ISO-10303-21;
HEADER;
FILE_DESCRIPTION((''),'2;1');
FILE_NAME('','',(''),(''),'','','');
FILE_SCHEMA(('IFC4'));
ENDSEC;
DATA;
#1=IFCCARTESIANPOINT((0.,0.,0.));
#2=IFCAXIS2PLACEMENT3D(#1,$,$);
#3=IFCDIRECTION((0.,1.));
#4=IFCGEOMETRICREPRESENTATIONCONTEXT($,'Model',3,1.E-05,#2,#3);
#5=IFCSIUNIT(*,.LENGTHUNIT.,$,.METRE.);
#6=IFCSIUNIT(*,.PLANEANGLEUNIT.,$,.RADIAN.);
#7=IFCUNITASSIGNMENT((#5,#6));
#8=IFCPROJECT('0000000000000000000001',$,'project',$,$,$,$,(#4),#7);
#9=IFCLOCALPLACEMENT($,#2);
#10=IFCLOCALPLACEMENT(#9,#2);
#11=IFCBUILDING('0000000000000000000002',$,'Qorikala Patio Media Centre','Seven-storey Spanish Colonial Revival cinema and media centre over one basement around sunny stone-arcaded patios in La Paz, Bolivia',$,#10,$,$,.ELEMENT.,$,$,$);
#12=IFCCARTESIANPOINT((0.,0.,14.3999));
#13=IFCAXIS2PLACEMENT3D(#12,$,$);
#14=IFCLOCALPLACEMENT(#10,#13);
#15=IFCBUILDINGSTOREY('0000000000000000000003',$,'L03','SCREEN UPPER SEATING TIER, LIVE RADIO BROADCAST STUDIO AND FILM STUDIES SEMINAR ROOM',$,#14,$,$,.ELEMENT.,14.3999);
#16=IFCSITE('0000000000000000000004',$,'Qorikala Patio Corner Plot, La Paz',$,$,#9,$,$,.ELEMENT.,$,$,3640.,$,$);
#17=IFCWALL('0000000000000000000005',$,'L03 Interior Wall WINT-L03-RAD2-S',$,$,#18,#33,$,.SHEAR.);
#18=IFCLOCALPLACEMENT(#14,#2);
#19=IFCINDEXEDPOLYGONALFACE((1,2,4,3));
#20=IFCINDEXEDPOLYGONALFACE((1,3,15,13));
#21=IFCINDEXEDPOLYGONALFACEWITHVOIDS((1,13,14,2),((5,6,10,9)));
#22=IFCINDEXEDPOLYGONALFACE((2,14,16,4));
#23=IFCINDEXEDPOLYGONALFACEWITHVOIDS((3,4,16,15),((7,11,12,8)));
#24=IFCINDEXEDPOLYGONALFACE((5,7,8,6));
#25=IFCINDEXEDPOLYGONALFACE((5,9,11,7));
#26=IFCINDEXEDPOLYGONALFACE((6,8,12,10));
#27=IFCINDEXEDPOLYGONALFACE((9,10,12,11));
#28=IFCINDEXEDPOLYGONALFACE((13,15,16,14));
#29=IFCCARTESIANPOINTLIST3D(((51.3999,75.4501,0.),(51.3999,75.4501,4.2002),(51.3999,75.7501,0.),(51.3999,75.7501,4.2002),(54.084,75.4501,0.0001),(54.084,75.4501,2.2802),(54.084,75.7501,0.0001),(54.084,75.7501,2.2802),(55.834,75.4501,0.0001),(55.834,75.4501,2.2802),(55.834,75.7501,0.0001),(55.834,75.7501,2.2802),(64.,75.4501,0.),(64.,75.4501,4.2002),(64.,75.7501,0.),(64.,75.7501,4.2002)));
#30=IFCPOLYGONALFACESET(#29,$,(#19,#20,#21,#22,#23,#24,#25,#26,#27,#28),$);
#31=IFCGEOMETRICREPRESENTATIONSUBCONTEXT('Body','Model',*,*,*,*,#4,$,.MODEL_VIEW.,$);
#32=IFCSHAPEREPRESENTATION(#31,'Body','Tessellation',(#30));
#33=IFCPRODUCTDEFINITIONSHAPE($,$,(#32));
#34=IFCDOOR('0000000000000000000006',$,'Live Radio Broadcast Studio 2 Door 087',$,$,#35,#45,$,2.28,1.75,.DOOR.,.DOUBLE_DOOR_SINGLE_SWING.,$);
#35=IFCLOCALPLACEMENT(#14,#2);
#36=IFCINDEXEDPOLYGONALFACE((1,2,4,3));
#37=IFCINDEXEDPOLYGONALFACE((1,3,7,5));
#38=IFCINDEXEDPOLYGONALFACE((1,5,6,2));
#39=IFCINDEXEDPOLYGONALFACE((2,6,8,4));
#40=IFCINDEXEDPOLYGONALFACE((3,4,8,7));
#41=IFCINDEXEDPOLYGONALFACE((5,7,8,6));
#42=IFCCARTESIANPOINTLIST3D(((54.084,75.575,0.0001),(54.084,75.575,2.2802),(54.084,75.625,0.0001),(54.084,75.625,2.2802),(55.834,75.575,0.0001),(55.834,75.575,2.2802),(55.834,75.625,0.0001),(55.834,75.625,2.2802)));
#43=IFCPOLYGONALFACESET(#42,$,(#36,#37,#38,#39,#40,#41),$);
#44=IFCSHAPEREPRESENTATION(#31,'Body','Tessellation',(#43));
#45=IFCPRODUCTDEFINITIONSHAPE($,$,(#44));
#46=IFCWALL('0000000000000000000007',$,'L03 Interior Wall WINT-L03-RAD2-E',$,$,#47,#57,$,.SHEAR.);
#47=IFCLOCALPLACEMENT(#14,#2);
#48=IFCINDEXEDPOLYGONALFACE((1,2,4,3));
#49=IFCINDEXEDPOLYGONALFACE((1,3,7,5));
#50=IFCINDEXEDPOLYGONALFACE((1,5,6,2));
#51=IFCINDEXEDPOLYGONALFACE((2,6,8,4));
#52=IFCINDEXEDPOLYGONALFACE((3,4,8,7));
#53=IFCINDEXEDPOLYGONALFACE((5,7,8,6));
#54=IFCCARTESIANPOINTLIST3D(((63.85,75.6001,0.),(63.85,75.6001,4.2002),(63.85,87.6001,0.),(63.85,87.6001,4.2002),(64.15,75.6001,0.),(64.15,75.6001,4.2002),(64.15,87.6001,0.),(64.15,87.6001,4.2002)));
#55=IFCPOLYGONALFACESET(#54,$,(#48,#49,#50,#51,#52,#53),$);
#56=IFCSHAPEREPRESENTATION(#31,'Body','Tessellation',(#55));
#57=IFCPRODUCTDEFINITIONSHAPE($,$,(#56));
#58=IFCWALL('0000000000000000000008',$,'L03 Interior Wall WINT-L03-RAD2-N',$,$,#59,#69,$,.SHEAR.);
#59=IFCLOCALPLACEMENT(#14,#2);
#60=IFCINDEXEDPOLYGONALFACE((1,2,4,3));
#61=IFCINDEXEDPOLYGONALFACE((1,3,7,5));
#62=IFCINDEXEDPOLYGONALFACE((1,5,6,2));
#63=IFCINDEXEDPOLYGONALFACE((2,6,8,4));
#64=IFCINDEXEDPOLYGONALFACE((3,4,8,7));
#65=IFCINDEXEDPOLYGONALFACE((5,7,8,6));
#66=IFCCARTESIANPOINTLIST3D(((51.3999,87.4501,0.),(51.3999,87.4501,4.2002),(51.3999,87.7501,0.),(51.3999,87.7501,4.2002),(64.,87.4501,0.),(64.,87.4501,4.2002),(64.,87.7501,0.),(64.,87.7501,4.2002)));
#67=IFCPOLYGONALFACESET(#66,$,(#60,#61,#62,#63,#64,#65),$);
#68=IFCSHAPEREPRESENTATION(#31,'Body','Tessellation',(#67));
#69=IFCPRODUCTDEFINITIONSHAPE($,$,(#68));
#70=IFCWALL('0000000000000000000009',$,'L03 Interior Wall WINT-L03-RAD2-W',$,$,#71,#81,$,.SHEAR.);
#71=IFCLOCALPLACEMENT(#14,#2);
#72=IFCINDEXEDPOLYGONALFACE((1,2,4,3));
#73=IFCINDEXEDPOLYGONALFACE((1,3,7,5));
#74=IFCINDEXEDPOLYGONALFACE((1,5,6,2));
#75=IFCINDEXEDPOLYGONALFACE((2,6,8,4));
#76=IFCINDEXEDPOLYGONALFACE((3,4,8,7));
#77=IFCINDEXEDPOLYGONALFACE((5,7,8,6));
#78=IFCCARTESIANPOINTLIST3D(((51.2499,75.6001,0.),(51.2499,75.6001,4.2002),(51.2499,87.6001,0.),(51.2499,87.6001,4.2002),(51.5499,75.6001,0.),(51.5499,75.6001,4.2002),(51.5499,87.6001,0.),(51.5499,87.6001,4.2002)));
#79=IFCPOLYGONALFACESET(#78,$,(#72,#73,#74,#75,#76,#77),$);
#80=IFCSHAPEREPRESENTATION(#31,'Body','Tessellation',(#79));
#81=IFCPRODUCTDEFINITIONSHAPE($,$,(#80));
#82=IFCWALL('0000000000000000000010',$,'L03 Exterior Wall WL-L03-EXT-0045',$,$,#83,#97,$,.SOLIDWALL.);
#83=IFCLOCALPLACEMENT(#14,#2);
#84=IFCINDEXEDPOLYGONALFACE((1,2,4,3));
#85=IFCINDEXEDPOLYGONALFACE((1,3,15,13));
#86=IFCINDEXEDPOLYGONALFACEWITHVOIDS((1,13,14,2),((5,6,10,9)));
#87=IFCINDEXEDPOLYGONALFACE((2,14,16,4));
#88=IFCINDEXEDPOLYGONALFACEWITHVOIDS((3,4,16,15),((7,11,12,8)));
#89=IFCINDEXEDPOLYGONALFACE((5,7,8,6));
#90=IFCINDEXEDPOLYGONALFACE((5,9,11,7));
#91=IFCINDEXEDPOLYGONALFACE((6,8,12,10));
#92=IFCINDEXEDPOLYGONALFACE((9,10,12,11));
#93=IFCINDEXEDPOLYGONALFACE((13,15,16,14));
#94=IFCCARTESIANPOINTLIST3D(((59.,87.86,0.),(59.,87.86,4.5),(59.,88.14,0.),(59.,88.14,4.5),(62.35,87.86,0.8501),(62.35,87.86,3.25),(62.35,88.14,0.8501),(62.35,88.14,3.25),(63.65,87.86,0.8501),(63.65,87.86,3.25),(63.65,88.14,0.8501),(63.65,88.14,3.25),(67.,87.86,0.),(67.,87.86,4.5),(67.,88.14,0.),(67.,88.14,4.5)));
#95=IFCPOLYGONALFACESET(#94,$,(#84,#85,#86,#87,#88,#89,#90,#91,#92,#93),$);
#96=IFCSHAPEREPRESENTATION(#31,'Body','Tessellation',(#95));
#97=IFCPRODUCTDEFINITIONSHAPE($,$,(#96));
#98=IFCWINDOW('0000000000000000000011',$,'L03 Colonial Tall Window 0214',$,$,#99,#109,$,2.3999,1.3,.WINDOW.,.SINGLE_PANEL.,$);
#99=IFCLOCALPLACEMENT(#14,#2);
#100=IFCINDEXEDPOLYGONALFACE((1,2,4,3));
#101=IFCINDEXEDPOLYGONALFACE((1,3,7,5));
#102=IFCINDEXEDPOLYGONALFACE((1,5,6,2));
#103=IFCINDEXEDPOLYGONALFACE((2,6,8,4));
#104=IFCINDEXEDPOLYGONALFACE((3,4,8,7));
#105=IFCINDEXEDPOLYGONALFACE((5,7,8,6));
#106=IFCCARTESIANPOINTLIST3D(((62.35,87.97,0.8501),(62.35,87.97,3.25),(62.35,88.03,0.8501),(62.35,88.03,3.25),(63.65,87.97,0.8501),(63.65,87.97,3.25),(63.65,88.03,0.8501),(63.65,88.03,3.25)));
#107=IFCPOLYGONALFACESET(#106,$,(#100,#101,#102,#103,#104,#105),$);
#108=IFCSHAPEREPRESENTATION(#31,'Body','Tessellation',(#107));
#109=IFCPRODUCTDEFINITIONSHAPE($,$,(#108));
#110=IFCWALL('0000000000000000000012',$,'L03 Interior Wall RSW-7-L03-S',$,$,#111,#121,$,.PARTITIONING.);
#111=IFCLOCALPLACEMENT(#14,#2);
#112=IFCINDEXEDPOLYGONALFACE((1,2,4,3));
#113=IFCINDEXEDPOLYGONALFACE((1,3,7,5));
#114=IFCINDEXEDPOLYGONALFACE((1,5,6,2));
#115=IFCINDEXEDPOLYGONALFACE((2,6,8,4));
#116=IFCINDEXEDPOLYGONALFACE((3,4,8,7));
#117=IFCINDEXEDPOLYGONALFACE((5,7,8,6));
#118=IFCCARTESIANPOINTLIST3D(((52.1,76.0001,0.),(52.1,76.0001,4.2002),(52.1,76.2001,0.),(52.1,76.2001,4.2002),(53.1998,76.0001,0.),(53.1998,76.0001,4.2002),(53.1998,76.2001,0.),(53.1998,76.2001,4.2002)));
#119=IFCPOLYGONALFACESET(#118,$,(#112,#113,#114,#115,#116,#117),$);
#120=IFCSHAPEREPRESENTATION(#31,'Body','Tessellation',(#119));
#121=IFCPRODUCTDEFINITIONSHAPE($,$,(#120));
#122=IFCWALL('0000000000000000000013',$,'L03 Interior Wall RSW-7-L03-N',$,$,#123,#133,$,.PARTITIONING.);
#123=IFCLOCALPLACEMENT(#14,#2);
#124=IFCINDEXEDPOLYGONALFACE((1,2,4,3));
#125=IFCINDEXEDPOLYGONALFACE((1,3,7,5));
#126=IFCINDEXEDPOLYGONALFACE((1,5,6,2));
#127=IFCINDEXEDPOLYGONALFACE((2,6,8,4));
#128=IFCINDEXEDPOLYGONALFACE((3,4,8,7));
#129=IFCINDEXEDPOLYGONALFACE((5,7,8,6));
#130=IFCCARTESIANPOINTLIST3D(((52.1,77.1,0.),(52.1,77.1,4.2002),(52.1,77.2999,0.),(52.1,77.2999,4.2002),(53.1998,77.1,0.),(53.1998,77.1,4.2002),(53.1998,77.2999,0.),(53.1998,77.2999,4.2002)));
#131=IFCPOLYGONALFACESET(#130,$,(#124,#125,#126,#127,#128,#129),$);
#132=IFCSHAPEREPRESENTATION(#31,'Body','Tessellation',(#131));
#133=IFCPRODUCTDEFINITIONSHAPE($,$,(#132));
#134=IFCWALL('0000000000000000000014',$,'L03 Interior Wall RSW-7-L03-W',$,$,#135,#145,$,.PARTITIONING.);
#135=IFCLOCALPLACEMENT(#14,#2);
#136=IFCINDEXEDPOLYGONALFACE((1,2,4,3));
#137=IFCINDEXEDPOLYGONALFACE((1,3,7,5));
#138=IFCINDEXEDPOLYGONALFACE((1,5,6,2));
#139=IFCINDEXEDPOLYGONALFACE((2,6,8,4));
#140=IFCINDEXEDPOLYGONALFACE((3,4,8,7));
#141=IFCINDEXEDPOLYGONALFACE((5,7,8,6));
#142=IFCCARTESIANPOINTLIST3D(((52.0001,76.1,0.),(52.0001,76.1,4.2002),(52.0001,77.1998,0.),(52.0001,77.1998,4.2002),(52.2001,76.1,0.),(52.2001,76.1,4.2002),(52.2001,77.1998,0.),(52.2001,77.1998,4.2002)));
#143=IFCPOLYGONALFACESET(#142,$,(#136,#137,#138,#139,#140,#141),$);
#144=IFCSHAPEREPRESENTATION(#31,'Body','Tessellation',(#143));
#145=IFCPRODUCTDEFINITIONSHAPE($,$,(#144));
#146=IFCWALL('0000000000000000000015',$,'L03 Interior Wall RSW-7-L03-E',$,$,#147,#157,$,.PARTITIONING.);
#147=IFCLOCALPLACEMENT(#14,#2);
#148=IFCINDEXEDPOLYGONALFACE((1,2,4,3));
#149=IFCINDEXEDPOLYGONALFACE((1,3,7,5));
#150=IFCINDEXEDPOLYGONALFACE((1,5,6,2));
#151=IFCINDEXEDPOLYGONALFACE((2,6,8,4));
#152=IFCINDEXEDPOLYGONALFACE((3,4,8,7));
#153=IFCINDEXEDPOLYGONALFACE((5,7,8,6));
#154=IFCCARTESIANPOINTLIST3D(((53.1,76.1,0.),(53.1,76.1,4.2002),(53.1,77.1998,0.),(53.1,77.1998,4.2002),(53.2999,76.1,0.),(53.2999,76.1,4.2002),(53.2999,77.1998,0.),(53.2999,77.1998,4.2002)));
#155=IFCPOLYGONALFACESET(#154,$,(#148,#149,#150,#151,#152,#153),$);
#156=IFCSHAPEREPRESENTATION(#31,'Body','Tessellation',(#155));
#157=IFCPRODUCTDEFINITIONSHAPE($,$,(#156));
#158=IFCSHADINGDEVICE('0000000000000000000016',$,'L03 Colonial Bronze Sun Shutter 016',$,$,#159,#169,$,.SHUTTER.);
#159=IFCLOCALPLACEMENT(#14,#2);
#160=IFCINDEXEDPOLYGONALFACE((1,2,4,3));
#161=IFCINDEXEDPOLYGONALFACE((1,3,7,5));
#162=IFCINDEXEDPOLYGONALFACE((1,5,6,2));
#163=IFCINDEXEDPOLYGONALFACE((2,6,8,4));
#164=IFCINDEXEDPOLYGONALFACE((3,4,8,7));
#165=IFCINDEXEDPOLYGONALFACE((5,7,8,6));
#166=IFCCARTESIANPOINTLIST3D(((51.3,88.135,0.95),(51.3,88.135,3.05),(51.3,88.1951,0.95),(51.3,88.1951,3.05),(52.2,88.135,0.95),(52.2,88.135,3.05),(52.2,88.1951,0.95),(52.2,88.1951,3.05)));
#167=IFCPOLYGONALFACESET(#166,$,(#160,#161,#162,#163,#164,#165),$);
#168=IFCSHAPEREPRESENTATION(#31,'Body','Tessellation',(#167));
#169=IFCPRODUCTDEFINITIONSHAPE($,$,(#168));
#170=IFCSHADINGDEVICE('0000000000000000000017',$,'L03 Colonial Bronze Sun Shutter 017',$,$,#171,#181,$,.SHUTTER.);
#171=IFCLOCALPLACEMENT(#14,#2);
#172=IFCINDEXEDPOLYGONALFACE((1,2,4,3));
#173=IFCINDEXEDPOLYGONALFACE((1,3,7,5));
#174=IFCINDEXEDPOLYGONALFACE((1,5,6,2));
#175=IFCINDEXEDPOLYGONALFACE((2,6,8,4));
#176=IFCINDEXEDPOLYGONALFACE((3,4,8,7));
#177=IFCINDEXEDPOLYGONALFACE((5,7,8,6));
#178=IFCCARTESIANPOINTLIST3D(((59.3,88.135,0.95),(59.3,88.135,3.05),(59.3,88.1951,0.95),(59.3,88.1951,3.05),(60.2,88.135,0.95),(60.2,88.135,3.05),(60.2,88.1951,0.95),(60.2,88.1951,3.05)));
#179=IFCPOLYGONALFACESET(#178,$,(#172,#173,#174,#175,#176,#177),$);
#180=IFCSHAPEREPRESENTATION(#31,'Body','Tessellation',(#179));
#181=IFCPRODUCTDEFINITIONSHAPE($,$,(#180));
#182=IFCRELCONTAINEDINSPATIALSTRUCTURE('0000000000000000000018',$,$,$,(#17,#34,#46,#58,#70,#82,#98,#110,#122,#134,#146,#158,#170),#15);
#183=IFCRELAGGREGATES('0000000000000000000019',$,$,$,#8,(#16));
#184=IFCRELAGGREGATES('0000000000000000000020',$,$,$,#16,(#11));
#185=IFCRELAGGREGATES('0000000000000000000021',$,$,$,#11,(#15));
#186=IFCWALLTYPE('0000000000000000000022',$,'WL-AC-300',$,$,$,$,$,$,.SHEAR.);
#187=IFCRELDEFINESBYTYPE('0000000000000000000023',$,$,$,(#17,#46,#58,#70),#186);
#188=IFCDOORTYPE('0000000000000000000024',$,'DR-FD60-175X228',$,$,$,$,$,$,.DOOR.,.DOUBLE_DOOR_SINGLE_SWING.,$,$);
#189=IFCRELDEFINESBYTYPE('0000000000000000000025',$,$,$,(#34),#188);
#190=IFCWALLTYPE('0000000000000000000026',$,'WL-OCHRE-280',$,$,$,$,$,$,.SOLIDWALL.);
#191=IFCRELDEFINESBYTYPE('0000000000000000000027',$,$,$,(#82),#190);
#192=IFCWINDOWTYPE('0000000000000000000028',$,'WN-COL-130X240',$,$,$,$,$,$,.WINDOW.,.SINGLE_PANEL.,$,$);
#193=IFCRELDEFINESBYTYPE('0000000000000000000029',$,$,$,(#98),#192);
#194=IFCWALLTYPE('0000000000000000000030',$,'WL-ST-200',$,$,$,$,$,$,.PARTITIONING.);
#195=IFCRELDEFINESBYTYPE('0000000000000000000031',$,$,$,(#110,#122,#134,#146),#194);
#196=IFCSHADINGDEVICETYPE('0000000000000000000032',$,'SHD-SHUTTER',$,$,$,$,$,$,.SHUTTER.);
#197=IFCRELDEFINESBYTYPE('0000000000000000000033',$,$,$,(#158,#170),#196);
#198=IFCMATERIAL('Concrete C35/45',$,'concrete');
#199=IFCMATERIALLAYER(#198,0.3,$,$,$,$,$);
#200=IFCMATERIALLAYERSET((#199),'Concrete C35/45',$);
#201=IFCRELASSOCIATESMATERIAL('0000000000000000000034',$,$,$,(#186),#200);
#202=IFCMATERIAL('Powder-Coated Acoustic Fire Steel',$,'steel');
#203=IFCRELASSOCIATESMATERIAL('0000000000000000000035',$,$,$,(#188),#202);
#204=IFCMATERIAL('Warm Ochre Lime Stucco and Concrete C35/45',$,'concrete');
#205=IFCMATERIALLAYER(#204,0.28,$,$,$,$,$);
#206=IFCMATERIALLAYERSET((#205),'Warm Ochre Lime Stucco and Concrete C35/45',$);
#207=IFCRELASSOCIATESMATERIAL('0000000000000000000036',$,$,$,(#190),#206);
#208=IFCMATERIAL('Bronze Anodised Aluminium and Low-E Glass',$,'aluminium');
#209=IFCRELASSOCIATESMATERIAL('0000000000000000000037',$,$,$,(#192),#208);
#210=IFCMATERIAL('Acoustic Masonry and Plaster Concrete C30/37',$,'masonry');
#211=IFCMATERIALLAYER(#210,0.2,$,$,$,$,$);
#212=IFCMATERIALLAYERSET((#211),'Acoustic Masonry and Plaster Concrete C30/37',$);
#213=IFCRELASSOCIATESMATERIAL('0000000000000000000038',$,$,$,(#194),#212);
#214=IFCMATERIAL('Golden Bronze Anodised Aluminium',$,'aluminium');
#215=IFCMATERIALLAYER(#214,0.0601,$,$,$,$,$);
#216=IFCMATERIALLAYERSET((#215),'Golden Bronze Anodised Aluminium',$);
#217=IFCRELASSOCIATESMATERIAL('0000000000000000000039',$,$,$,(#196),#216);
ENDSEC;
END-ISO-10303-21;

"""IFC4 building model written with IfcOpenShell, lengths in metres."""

from ifc_helpers import new_model, si_unit, direction, frame, frame_2d, origin, origin_2d, place, context, subcontext, project, spatial, rectangle, extrude, material, layer, layer_set, type_object, element, fill, save


model = new_model("IFC4")

# Units and contexts
model_context = context("Model", 3, precision=1e-05, world=origin(), true_north=direction((0.0, 1.0)))
body_context = subcontext(model_context, "Body", "Model", "MODEL_VIEW")
ifc_project = project(units=[si_unit("LENGTHUNIT", "METRE"), si_unit("PLANEANGLEUNIT", "RADIAN")], contexts=[model_context])

# Site, building, storey
site_placement = place(None, origin())
site = spatial("IfcSite", under=ifc_project, at=site_placement, Name="Qorikala Patio Corner Plot, La Paz", CompositionType="ELEMENT", RefElevation=3640.0)
building_placement = place(site_placement, origin())
building = spatial("IfcBuilding", under=site, at=building_placement, Name="Qorikala Patio Media Centre", Description="Seven-storey Spanish Colonial Revival cinema and media centre over one basement around sunny stone-arcaded patios in La Paz, Bolivia", CompositionType="ELEMENT")
storey_placement = place(building_placement, frame((0.0, 0.0, 14.3999)))
storey = spatial("IfcBuildingStorey", under=building, at=storey_placement, Name="L03", Description="SCREEN UPPER SEATING TIER, LIVE RADIO BROADCAST STUDIO AND FILM STUDIES SEMINAR ROOM", CompositionType="ELEMENT", Elevation=14.3999)

# Shared definitions
ifc_material_1 = material(Name="Concrete C35/45", Category="concrete")

# Wall, opening, door
ifc_layer_1 = layer(ifc_material_1, 0.3)
ifc_layer_set_1 = layer_set([ifc_layer_1], Name="Concrete C35/45")
wall_type_1 = type_object("IfcWallType", Name="WL-AC-300", PredefinedType="SHEAR", material=ifc_layer_set_1)
wall_1_placement = place(storey_placement, frame((51.3999, 75.6001, 0.0), z_axis=(0.0, 0.0, 1.0), x_axis=(1.0, 0.0, 0.0)))
wall_1 = element("IfcWall", 1, at=wall_1_placement, inside=storey, type_object=wall_type_1, Name="L03 Interior Wall WINT-L03-RAD2-S", PredefinedType="SHEAR", context=body_context, shape_type="SweptSolid", body=[
    extrude(rectangle(XDim=12.6001, YDim=0.3, at=frame_2d((6.3, 0.0))), origin(), (0.0, 0.0, 1.0), 4.2002),
])
opening_1_placement = place(wall_1_placement, frame((2.6841, 0.0, 0.0)))
opening_1 = element("IfcOpeningElement", 2, at=opening_1_placement, cuts=wall_1, PredefinedType="OPENING", context=body_context, shape_type="SweptSolid", body=[
    extrude(rectangle(XDim=1.75, YDim=2.28, at=frame_2d((0.875, 1.1401))), frame((0.0, 0.1599, 0.0), z_axis=(0.0, -1.0, 0.0), x_axis=(1.0, 0.0, 0.0)), (0.0, 0.0, 1.0), 0.3201),
])
ifc_material_2 = material(Name="Powder-Coated Acoustic Fire Steel", Category="steel")
door_type = type_object("IfcDoorType", Name="DR-FD60-175X228", OperationType="DOUBLE_DOOR_SINGLE_SWING", PredefinedType="DOOR", material=ifc_material_2)
door_placement = place(opening_1_placement, origin())
door = element("IfcDoor", 3, at=door_placement, inside=storey, type_object=door_type, Name="Live Radio Broadcast Studio 2 Door 087", OperationType="DOUBLE_DOOR_SINGLE_SWING", OverallHeight=2.28, OverallWidth=1.75, PredefinedType="DOOR", context=body_context, shape_type="SweptSolid", body=[
    extrude(rectangle(XDim=1.75, YDim=2.28, at=frame_2d((0.875, 1.1401))), frame((0.0, 0.0249, 0.0), z_axis=(0.0, -1.0, 0.0), x_axis=(1.0, 0.0, 0.0)), (0.0, 0.0, 1.0), 0.05),
])
fill(opening_1, door)

# Walls
wall_2_placement = place(storey_placement, frame((64.0, 75.6001, 0.0), z_axis=(0.0, 0.0, 1.0), x_axis=(0.0, 1.0, 0.0)))
element("IfcWall", 4, at=wall_2_placement, inside=storey, type_object=wall_type_1, Name="L03 Interior Wall WINT-L03-RAD2-E", PredefinedType="SHEAR", context=body_context, shape_type="SweptSolid", body=[
    extrude(rectangle(XDim=12.0, YDim=0.3, at=frame_2d((6.0, 0.0))), origin(), (0.0, 0.0, 1.0), 4.2002),
])
wall_3_placement = place(storey_placement, frame((51.3999, 87.6001, 0.0), z_axis=(0.0, 0.0, 1.0), x_axis=(1.0, 0.0, 0.0)))
element("IfcWall", 5, at=wall_3_placement, inside=storey, type_object=wall_type_1, Name="L03 Interior Wall WINT-L03-RAD2-N", PredefinedType="SHEAR", context=body_context, shape_type="SweptSolid", body=[
    extrude(rectangle(XDim=12.6001, YDim=0.3, at=frame_2d((6.3, 0.0))), origin(), (0.0, 0.0, 1.0), 4.2002),
])
wall_4_placement = place(storey_placement, frame((51.3999, 75.6001, 0.0), z_axis=(0.0, 0.0, 1.0), x_axis=(0.0, 1.0, 0.0)))
element("IfcWall", 6, at=wall_4_placement, inside=storey, type_object=wall_type_1, Name="L03 Interior Wall WINT-L03-RAD2-W", PredefinedType="SHEAR", context=body_context, shape_type="SweptSolid", body=[
    extrude(rectangle(XDim=12.0, YDim=0.3, at=frame_2d((6.0, 0.0))), origin(), (0.0, 0.0, 1.0), 4.2002),
])

# Wall, opening, window
ifc_material_3 = material(Name="Warm Ochre Lime Stucco and Concrete C35/45", Category="concrete")
ifc_layer_2 = layer(ifc_material_3, 0.28)
ifc_layer_set_2 = layer_set([ifc_layer_2], Name="Warm Ochre Lime Stucco and Concrete C35/45")
wall_type_2 = type_object("IfcWallType", Name="WL-OCHRE-280", PredefinedType="SOLIDWALL", material=ifc_layer_set_2)
wall_5_placement = place(storey_placement, frame((59.0, 88.0, 0.0), z_axis=(0.0, 0.0, 1.0), x_axis=(1.0, 0.0, 0.0)))
wall_5 = element("IfcWall", 7, at=wall_5_placement, inside=storey, type_object=wall_type_2, Name="L03 Exterior Wall WL-L03-EXT-0045", PredefinedType="SOLIDWALL", context=body_context, shape_type="SweptSolid", body=[
    extrude(rectangle(XDim=8.0, YDim=0.28, at=frame_2d((4.0, 0.0))), origin(), (0.0, 0.0, 1.0), 4.5),
])
opening_2_placement = place(wall_5_placement, frame((3.3501, 0.0, 0.8501)))
opening_2 = element("IfcOpeningElement", 8, at=opening_2_placement, cuts=wall_5, PredefinedType="OPENING", context=body_context, shape_type="SweptSolid", body=[
    extrude(rectangle(XDim=1.3, YDim=2.3999, at=frame_2d((0.6499, 1.2))), frame((0.0, 0.1499, 0.0), z_axis=(0.0, -1.0, 0.0), x_axis=(1.0, 0.0, 0.0)), (0.0, 0.0, 1.0), 0.3),
])
ifc_material_4 = material(Name="Bronze Anodised Aluminium and Low-E Glass", Category="aluminium")
window_type = type_object("IfcWindowType", Name="WN-COL-130X240", PartitioningType="SINGLE_PANEL", PredefinedType="WINDOW", material=ifc_material_4)
window_placement = place(opening_2_placement, origin())
window = element("IfcWindow", 9, at=window_placement, inside=storey, type_object=window_type, Name="L03 Colonial Tall Window 0214", OverallHeight=2.3999, OverallWidth=1.3, PartitioningType="SINGLE_PANEL", PredefinedType="WINDOW", context=body_context, shape_type="SweptSolid", body=[
    extrude(rectangle(XDim=1.3, YDim=2.3999, at=frame_2d((0.6499, 1.2))), frame((0.0, 0.03, 0.0), z_axis=(0.0, -1.0, 0.0), x_axis=(1.0, 0.0, 0.0)), (0.0, 0.0, 1.0), 0.0601),
])
fill(opening_2, window)

# Walls
ifc_material_5 = material(Name="Acoustic Masonry and Plaster Concrete C30/37", Category="masonry")
ifc_layer_3 = layer(ifc_material_5, 0.2)
ifc_layer_set_3 = layer_set([ifc_layer_3], Name="Acoustic Masonry and Plaster Concrete C30/37")
wall_type_3 = type_object("IfcWallType", Name="WL-ST-200", PredefinedType="PARTITIONING", material=ifc_layer_set_3)
for number, where, z_axis, x_axis, name in (
    (10, (52.1001, 76.1001, 0.0), (0.0, 0.0, 1.0), (1.0, 0.0, 0.0), "L03 Interior Wall RSW-7-L03-S"),
    (11, (52.1001, 77.2, 0.0), (0.0, 0.0, 1.0), (1.0, 0.0, 0.0), "L03 Interior Wall RSW-7-L03-N"),
    (12, (52.1001, 76.1001, 0.0), (0.0, 0.0, 1.0), (0.0, 1.0, 0.0), "L03 Interior Wall RSW-7-L03-W"),
    (13, (53.2, 76.1001, 0.0), (0.0, 0.0, 1.0), (0.0, 1.0, 0.0), "L03 Interior Wall RSW-7-L03-E"),
):
    element("IfcWall", number, at=place(storey_placement, frame(where, z_axis=z_axis, x_axis=x_axis)), inside=storey, type_object=wall_type_3, Name=name, PredefinedType="PARTITIONING", context=body_context, shape_type="SweptSolid", body=[
        extrude(rectangle(XDim=1.0999, YDim=0.2, at=frame_2d((0.5498, 0.0))), origin(), (0.0, 0.0, 1.0), 4.2002),
    ])

# Shading devices
ifc_material_6 = material(Name="Golden Bronze Anodised Aluminium", Category="aluminium")
ifc_layer_4 = layer(ifc_material_6, 0.0601)
ifc_layer_set_4 = layer_set([ifc_layer_4], Name="Golden Bronze Anodised Aluminium")
shading_device_type = type_object("IfcShadingDeviceType", Name="SHD-SHUTTER", PredefinedType="SHUTTER", material=ifc_layer_set_4)
for number, where, z_axis, x_axis, name in (
    (14, (51.75, 88.165, 0.95), (0.0, 0.0, 1.0), (1.0, 0.0, 0.0), "L03 Colonial Bronze Sun Shutter 016"),
    (15, (59.75, 88.165, 0.95), (0.0, 0.0, 1.0), (1.0, 0.0, 0.0), "L03 Colonial Bronze Sun Shutter 017"),
):
    element("IfcShadingDevice", number, at=place(storey_placement, frame(where, z_axis=z_axis, x_axis=x_axis)), inside=storey, type_object=shading_device_type, Name=name, PredefinedType="SHUTTER", context=body_context, shape_type="SweptSolid", body=[
        extrude(rectangle(XDim=0.8999, YDim=0.0601, at=origin_2d()), origin(), (0.0, 0.0, 1.0), 2.1001),
    ])

save(model, "model.ifc")
